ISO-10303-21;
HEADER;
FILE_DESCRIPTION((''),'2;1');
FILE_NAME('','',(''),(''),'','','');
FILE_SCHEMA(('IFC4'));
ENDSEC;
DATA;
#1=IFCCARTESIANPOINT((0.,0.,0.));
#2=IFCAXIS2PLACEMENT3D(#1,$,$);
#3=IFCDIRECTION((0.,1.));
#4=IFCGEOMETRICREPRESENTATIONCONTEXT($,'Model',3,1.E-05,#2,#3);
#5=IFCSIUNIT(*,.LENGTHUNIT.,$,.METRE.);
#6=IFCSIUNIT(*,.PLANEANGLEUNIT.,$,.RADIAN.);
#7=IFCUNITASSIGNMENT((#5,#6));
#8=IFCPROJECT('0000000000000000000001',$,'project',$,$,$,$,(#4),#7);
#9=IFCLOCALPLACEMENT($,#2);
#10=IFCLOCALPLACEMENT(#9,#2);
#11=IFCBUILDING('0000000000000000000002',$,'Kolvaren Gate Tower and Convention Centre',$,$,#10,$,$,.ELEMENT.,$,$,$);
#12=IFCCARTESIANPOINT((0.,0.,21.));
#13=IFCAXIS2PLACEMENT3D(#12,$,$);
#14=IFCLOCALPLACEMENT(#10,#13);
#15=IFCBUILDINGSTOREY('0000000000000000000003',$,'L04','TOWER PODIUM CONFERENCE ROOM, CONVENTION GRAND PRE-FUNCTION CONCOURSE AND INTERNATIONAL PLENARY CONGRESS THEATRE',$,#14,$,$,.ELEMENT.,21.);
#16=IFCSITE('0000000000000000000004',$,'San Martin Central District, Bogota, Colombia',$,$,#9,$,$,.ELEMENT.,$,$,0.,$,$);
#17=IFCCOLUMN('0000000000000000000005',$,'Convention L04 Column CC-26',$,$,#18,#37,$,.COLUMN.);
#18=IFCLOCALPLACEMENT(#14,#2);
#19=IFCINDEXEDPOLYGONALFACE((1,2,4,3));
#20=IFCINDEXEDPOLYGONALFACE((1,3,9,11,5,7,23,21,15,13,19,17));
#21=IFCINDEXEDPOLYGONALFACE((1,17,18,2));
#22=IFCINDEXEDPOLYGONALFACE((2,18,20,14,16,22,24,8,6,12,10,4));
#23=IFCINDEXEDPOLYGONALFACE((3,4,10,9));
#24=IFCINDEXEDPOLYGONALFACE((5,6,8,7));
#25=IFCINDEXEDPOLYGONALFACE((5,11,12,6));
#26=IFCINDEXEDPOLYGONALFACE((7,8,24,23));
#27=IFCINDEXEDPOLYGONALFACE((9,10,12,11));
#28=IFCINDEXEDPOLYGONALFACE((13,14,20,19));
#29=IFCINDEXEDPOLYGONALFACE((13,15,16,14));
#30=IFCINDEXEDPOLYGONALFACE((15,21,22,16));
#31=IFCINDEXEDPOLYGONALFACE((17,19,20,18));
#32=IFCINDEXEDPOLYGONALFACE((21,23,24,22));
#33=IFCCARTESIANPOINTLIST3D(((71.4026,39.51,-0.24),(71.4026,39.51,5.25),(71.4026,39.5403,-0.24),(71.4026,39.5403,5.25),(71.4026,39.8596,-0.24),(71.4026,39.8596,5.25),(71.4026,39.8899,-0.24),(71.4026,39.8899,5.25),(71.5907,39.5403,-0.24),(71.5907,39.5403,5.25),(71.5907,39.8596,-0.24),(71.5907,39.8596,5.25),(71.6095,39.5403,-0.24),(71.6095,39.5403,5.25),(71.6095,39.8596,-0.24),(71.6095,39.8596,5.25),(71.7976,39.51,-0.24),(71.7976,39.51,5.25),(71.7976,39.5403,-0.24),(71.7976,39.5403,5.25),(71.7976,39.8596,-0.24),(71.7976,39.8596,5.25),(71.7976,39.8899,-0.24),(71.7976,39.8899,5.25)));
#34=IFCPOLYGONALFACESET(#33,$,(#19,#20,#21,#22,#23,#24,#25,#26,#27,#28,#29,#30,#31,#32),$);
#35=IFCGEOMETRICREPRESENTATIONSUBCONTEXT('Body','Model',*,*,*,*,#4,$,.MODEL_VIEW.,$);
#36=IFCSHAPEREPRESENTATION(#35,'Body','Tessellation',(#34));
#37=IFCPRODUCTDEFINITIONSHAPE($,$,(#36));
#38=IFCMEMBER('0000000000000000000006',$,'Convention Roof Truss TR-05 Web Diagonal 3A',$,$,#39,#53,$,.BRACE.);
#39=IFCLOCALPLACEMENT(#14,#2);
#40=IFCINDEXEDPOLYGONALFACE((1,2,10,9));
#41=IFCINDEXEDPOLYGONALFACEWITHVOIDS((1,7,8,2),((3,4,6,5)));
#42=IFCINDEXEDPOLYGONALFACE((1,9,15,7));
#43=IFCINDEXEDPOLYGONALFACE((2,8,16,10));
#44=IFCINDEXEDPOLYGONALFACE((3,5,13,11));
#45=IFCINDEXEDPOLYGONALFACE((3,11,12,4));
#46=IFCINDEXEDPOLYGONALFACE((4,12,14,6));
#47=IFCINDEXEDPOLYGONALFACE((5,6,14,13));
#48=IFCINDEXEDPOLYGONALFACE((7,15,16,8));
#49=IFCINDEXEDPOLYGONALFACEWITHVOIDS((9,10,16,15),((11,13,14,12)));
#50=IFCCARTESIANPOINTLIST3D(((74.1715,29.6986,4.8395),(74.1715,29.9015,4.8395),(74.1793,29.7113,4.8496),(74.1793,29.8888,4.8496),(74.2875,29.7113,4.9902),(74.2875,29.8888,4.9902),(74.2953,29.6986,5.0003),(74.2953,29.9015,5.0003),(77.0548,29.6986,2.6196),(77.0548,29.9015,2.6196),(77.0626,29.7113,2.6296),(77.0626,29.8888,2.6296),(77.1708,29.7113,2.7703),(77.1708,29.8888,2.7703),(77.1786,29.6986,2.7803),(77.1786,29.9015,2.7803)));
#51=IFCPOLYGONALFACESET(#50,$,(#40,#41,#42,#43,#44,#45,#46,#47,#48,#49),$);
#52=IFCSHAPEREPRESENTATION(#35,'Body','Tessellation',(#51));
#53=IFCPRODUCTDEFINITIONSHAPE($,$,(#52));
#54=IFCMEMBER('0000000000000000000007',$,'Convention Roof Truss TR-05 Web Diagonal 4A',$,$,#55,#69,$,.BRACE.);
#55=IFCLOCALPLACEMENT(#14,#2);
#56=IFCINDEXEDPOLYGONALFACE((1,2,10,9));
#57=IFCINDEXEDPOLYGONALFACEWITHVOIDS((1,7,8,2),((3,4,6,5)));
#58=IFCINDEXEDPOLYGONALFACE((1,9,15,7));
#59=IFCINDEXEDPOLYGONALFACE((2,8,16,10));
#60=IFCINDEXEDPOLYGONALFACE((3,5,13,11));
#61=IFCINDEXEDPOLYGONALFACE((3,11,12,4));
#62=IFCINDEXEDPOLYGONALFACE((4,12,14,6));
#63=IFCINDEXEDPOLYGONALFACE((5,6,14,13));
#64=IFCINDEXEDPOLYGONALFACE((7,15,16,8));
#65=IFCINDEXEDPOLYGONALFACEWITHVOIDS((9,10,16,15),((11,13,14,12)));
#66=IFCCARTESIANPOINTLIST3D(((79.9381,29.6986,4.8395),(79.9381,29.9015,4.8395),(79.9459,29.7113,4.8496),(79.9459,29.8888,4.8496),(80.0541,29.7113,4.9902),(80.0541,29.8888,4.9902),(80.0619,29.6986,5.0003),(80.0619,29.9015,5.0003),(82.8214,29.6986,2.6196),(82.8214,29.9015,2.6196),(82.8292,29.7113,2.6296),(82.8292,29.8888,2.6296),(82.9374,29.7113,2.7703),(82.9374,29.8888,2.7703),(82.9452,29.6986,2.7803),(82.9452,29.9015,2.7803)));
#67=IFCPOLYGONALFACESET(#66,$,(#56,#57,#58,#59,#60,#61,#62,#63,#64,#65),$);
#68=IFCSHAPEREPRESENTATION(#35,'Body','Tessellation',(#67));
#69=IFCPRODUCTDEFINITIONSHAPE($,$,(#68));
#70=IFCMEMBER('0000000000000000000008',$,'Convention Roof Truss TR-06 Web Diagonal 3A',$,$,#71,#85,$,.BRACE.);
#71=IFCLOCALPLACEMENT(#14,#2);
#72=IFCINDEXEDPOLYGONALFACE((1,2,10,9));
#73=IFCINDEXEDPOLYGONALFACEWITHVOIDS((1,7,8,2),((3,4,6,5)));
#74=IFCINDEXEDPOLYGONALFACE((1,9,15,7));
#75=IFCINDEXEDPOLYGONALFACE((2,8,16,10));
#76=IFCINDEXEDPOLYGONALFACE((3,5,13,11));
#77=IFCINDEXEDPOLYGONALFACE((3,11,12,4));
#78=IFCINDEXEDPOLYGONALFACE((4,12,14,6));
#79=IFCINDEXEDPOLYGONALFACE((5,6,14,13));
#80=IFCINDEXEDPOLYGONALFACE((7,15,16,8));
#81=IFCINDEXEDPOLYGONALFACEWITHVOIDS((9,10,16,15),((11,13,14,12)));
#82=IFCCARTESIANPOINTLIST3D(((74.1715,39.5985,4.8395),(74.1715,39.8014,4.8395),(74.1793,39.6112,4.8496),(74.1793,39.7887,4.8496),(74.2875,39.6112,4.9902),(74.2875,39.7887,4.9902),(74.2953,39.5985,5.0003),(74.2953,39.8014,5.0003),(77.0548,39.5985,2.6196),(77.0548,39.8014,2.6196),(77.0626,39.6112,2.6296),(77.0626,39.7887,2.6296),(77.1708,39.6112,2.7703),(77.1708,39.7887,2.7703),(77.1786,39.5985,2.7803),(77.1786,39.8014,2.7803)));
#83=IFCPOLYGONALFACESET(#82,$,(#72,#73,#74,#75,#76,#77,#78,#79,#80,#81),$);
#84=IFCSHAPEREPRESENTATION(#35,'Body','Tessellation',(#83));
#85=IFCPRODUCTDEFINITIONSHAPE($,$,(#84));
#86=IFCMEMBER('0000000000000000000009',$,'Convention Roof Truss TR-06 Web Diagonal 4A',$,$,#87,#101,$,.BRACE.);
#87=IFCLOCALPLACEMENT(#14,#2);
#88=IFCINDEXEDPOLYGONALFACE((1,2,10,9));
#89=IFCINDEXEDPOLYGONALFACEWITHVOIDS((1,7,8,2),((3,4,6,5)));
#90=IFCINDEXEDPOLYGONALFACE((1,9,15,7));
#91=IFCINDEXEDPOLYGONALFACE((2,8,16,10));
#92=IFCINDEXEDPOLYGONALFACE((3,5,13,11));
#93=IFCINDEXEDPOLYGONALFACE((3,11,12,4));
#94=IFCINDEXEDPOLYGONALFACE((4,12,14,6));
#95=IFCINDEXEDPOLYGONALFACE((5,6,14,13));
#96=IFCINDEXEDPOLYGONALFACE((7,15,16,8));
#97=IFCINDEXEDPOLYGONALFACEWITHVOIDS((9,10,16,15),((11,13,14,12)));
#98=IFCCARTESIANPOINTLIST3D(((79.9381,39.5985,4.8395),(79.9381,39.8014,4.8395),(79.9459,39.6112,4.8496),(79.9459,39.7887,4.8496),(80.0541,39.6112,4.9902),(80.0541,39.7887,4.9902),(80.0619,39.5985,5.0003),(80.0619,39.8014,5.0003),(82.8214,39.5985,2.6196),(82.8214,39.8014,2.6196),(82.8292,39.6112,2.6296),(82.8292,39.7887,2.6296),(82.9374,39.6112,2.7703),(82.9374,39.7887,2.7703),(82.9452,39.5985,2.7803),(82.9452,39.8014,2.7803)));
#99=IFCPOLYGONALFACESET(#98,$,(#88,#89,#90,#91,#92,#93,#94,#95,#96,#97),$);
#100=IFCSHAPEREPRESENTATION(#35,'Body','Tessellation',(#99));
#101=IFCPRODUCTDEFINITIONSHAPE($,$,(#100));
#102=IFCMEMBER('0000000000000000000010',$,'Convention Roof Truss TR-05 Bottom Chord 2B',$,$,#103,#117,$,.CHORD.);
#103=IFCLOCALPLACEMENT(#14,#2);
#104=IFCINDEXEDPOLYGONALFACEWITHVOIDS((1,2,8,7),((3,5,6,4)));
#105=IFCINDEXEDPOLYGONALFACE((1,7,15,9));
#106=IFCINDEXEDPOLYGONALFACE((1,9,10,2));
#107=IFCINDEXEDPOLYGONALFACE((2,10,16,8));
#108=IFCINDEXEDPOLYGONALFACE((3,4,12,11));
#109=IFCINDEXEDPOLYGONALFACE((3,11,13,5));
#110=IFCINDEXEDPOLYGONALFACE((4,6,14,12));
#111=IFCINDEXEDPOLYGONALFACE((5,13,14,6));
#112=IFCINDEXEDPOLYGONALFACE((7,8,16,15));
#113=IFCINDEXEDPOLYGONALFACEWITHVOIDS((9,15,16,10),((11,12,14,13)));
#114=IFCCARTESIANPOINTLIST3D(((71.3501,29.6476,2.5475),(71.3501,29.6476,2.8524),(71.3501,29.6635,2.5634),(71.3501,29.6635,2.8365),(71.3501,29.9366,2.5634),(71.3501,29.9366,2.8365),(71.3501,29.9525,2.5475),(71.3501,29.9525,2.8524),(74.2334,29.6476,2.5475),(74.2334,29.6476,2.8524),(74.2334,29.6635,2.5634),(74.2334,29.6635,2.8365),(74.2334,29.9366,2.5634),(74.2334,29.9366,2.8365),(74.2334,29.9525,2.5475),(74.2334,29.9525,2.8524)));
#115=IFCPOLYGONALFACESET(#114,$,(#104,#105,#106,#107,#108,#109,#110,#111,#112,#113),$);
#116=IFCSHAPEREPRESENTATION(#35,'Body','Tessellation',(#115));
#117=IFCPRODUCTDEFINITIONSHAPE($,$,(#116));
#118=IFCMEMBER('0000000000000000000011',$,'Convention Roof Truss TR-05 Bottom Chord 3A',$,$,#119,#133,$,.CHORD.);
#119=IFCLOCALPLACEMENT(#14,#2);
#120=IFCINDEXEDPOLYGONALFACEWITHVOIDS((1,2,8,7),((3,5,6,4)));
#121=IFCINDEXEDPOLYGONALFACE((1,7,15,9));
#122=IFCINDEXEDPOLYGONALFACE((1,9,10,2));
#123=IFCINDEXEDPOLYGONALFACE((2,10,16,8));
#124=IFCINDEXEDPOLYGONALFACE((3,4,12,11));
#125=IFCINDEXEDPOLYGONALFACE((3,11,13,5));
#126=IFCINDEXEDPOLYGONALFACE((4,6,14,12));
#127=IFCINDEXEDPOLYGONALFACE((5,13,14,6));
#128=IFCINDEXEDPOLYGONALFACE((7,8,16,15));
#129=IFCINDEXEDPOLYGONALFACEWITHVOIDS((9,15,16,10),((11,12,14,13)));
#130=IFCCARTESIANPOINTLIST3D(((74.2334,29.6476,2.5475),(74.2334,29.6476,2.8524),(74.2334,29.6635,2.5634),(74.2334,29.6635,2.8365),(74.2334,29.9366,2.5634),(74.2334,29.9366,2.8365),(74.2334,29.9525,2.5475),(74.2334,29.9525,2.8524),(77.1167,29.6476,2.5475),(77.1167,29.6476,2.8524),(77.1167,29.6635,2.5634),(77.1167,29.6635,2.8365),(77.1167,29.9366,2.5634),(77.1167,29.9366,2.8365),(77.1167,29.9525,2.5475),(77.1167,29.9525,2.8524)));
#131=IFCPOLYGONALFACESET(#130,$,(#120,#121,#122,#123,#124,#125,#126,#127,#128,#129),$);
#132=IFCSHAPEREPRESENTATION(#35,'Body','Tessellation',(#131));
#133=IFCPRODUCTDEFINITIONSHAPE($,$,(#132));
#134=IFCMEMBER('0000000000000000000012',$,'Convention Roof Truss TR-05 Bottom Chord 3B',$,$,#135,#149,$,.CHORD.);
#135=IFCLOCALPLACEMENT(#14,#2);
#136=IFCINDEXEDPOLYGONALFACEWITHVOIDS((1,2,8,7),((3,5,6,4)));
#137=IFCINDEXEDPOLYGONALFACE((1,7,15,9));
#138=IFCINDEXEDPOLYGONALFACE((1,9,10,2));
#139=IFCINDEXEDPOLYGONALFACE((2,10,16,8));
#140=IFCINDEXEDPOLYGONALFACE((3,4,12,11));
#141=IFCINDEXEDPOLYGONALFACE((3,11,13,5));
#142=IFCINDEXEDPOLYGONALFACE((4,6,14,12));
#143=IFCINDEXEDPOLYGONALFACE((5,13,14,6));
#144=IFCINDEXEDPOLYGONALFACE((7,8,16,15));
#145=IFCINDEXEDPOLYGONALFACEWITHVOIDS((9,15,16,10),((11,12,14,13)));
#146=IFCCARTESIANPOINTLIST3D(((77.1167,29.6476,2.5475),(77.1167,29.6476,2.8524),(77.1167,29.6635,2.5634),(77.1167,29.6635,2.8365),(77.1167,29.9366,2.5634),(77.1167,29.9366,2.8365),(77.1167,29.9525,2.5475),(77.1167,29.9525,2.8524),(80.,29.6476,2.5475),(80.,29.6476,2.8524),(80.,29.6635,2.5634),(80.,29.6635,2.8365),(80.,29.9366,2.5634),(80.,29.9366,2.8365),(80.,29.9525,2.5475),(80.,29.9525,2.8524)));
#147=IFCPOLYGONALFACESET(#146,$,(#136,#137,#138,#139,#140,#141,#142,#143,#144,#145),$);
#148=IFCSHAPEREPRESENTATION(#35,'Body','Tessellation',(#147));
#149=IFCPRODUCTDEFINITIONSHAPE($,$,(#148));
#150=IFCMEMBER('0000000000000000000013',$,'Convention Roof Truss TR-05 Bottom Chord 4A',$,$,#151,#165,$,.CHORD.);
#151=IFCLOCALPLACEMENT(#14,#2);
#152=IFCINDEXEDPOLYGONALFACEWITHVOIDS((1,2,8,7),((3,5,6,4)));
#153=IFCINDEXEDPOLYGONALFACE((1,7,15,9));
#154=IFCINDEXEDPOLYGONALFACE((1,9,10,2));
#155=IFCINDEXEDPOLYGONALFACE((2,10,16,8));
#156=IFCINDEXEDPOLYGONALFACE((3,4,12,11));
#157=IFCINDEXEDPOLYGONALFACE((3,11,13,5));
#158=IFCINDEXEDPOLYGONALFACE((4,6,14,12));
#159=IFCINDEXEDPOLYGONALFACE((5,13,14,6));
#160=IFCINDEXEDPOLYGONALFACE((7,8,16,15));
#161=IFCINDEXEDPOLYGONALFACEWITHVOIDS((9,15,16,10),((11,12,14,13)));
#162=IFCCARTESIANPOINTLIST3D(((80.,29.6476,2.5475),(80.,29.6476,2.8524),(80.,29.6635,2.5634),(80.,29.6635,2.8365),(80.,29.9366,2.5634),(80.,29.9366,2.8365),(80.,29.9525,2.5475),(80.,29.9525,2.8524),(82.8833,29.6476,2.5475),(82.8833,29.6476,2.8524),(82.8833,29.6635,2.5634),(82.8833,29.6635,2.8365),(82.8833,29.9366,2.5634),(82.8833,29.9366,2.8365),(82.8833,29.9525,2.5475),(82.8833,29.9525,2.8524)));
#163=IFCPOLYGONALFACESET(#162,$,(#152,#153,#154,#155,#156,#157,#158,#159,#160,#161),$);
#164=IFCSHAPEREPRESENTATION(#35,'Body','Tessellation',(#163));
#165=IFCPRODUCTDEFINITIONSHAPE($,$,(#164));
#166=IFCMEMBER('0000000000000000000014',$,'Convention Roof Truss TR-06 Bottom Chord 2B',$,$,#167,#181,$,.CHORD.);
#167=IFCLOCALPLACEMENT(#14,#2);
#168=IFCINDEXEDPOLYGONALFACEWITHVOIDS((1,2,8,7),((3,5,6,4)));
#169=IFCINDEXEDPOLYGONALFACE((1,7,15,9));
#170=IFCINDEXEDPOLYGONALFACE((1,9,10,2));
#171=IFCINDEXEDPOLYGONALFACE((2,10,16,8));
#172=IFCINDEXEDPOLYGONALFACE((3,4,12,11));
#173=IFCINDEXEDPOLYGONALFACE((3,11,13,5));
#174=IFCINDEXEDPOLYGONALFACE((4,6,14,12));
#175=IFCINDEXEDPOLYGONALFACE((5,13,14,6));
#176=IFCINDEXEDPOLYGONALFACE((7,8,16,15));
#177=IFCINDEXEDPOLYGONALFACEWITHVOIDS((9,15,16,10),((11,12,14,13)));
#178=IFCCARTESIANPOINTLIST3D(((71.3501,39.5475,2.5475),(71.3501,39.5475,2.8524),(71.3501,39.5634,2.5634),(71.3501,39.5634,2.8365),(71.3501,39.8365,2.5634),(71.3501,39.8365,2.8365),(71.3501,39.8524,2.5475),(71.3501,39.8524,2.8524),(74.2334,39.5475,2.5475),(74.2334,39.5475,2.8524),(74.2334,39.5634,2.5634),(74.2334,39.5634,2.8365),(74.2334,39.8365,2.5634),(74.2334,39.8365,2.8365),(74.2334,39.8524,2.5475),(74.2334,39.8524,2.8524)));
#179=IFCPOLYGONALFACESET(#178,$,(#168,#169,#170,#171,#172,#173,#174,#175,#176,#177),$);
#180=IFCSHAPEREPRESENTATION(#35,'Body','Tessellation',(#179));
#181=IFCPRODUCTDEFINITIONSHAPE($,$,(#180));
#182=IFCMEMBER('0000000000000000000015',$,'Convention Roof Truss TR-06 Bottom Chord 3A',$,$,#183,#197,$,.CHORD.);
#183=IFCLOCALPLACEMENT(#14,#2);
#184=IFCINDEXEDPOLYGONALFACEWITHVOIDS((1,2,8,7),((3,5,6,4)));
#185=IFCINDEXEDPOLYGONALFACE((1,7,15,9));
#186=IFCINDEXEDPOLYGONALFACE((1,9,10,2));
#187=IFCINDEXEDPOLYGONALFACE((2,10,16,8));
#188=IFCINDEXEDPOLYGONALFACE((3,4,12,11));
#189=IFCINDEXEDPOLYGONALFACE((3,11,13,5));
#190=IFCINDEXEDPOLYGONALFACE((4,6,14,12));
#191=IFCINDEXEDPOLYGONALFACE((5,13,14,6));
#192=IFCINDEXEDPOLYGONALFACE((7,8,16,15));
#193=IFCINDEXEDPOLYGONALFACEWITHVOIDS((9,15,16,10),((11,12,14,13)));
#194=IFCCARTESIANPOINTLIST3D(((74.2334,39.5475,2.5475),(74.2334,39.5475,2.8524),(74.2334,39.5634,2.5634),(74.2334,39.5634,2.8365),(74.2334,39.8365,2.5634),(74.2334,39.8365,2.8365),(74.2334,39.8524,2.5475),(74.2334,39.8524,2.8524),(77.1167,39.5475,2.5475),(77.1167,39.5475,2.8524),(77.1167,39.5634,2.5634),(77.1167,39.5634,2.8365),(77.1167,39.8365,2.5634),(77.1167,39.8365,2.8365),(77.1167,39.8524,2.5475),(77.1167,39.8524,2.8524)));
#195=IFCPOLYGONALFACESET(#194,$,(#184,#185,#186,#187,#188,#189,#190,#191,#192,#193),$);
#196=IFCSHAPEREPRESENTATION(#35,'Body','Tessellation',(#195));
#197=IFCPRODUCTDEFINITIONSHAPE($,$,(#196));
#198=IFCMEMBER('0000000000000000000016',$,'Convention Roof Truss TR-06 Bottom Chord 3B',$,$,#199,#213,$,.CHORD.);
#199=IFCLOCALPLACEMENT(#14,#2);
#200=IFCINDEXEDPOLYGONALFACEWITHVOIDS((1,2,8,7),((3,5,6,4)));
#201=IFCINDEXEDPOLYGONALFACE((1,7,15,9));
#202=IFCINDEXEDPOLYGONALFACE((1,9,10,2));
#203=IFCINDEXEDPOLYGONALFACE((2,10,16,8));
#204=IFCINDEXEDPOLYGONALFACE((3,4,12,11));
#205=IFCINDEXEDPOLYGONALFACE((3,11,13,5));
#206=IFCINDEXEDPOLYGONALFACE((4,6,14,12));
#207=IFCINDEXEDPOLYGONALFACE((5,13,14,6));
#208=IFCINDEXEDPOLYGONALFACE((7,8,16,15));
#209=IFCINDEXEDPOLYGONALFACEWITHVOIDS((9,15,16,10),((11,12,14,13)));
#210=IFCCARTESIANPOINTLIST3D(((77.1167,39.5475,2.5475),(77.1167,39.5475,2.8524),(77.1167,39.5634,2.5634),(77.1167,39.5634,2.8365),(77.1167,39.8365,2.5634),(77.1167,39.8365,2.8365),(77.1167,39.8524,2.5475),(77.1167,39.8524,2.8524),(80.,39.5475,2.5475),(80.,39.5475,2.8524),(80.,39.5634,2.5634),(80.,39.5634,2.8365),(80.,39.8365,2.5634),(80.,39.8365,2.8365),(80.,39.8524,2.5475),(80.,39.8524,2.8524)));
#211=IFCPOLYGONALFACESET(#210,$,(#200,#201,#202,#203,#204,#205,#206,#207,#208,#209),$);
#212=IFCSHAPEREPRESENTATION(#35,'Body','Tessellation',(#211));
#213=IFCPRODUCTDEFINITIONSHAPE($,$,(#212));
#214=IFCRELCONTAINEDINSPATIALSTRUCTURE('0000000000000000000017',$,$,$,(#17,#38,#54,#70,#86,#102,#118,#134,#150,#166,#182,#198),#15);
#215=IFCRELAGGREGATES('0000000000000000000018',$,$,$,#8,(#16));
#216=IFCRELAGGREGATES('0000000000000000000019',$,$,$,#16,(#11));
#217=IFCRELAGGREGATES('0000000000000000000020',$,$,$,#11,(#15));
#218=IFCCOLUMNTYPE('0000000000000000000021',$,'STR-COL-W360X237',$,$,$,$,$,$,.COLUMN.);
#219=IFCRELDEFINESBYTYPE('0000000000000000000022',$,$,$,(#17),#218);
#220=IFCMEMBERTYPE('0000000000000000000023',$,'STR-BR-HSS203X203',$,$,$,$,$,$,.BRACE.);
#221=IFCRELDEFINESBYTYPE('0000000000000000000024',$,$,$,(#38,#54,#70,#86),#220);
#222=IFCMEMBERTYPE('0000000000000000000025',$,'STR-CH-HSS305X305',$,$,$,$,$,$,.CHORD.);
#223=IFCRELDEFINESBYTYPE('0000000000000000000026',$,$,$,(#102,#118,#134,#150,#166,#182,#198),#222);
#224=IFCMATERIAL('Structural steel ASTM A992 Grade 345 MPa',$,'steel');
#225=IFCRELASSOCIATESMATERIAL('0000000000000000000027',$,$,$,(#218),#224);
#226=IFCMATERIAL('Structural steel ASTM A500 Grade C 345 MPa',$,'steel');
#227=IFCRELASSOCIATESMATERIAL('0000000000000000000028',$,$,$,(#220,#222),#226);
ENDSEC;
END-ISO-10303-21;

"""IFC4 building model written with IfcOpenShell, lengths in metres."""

from ifc_helpers import new_model, si_unit, direction, frame, origin, origin_2d, place, context, subcontext, project, spatial, hollow_rectangle, i_section, extrude, material, material_profile, profile_set, type_object, element, save


model = new_model("IFC4")

# Units and contexts
model_context = context("Model", 3, precision=1e-05, world=origin(), true_north=direction((0.0, 1.0)))
body_context = subcontext(model_context, "Body", "Model", "MODEL_VIEW")
ifc_project = project(units=[si_unit("LENGTHUNIT", "METRE"), si_unit("PLANEANGLEUNIT", "RADIAN")], contexts=[model_context])

# Site, building, storey
site_placement = place(None, origin())
site = spatial("IfcSite", under=ifc_project, at=site_placement, Name="San Martin Central District, Bogota, Colombia", CompositionType="ELEMENT", RefElevation=0.0)
building_placement = place(site_placement, origin())
building = spatial("IfcBuilding", under=site, at=building_placement, Name="Kolvaren Gate Tower and Convention Centre", CompositionType="ELEMENT")
storey_placement = place(building_placement, frame((0.0, 0.0, 21.0)))
storey = spatial("IfcBuildingStorey", under=building, at=storey_placement, Name="L04", Description="TOWER PODIUM CONFERENCE ROOM, CONVENTION GRAND PRE-FUNCTION CONCOURSE AND INTERNATIONAL PLENARY CONGRESS THEATRE", CompositionType="ELEMENT", Elevation=21.0)

# Column
ifc_material_1 = material(Name="Structural steel ASTM A992 Grade 345 MPa", Category="steel")
ifc_material_profile_1 = material_profile(ifc_material_1, i_section(OverallWidth=0.395, OverallDepth=0.3799, WebThickness=0.0188, FlangeThickness=0.0303, at=origin_2d()), Name="W360X237")
ifc_profile_set_1 = profile_set([ifc_material_profile_1], Name="Structural steel ASTM A992 Grade 345 MPa")
column_type = type_object("IfcColumnType", Name="STR-COL-W360X237", PredefinedType="COLUMN", material=ifc_profile_set_1)
column_placement = place(storey_placement, frame((71.6001, 39.7, -0.24), z_axis=(0.0, 0.0, 1.0), x_axis=(1.0, 0.0, 0.0)))
element("IfcColumn", 1, at=column_placement, inside=storey, type_object=column_type, Name="Convention L04 Column CC-26", PredefinedType="COLUMN", context=body_context, shape_type="SweptSolid", body=[
    extrude(i_section(OverallWidth=0.395, OverallDepth=0.3799, WebThickness=0.0188, FlangeThickness=0.0303, at=origin_2d()), origin(), (0.0, 0.0, 1.0), 5.49),
])

# Members
ifc_material_2 = material(Name="Structural steel ASTM A500 Grade C 345 MPa", Category="steel")
ifc_material_profile_2 = material_profile(ifc_material_2, hollow_rectangle(XDim=0.2029, YDim=0.2029, WallThickness=0.0127, at=origin_2d()), Name="HSS203X203X12.7")
ifc_profile_set_2 = profile_set([ifc_material_profile_2], Name="Structural steel ASTM A500 Grade C 345 MPa")
member_type_1 = type_object("IfcMemberType", Name="STR-BR-HSS203X203", PredefinedType="BRACE", material=ifc_profile_set_2)
for number, where, z_axis, x_axis, name in (
    (2, (74.2334, 29.8, 4.9199), (0.792352, 0.0, -0.610064), (0.0, 1.0, 0.0), "Convention Roof Truss TR-05 Web Diagonal 3A"),
    (3, (80.0, 29.8, 4.9199), (0.792352, 0.0, -0.610064), (0.0, 1.0, 0.0), "Convention Roof Truss TR-05 Web Diagonal 4A"),
    (4, (74.2334, 39.7, 4.9199), (0.792352, 0.0, -0.610064), (0.0, 1.0, 0.0), "Convention Roof Truss TR-06 Web Diagonal 3A"),
    (5, (80.0, 39.7, 4.9199), (0.792352, 0.0, -0.610064), (0.0, 1.0, 0.0), "Convention Roof Truss TR-06 Web Diagonal 4A"),
):
    element("IfcMember", number, at=place(storey_placement, frame(where, z_axis=z_axis, x_axis=x_axis)), inside=storey, type_object=member_type_1, Name=name, PredefinedType="BRACE", context=body_context, shape_type="SweptSolid", body=[
        extrude(hollow_rectangle(XDim=0.2029, YDim=0.2029, WallThickness=0.0127, at=origin_2d()), origin(), (0.0, 0.0, 1.0), 3.6389),
    ])
ifc_material_profile_3 = material_profile(ifc_material_2, hollow_rectangle(XDim=0.3049, YDim=0.3049, WallThickness=0.0159, at=origin_2d()), Name="HSS305X305X15.9")
ifc_profile_set_3 = profile_set([ifc_material_profile_3], Name="Structural steel ASTM A500 Grade C 345 MPa")
member_type_2 = type_object("IfcMemberType", Name="STR-CH-HSS305X305", PredefinedType="CHORD", material=ifc_profile_set_3)
for number, where, z_axis, x_axis, name in (
    (6, (71.3501, 29.8, 2.7), (1.0, 0.0, 0.0), (0.0, 1.0, 0.0), "Convention Roof Truss TR-05 Bottom Chord 2B"),
    (7, (74.2334, 29.8, 2.7), (1.0, 0.0, 0.0), (0.0, 1.0, 0.0), "Convention Roof Truss TR-05 Bottom Chord 3A"),
    (8, (77.1167, 29.8, 2.7), (1.0, 0.0, 0.0), (0.0, 1.0, 0.0), "Convention Roof Truss TR-05 Bottom Chord 3B"),
    (9, (80.0, 29.8, 2.7), (1.0, 0.0, 0.0), (0.0, 1.0, 0.0), "Convention Roof Truss TR-05 Bottom Chord 4A"),
    (10, (71.3501, 39.7, 2.7), (1.0, 0.0, 0.0), (0.0, 1.0, 0.0), "Convention Roof Truss TR-06 Bottom Chord 2B"),
    (11, (74.2334, 39.7, 2.7), (1.0, 0.0, 0.0), (0.0, 1.0, 0.0), "Convention Roof Truss TR-06 Bottom Chord 3A"),
    (12, (77.1167, 39.7, 2.7), (1.0, 0.0, 0.0), (0.0, 1.0, 0.0), "Convention Roof Truss TR-06 Bottom Chord 3B"),
):
    element("IfcMember", number, at=place(storey_placement, frame(where, z_axis=z_axis, x_axis=x_axis)), inside=storey, type_object=member_type_2, Name=name, PredefinedType="CHORD", context=body_context, shape_type="SweptSolid", body=[
        extrude(hollow_rectangle(XDim=0.3049, YDim=0.3049, WallThickness=0.0159, at=origin_2d()), origin(), (0.0, 0.0, 1.0), 2.8833),
    ])

save(model, "model.ifc")
